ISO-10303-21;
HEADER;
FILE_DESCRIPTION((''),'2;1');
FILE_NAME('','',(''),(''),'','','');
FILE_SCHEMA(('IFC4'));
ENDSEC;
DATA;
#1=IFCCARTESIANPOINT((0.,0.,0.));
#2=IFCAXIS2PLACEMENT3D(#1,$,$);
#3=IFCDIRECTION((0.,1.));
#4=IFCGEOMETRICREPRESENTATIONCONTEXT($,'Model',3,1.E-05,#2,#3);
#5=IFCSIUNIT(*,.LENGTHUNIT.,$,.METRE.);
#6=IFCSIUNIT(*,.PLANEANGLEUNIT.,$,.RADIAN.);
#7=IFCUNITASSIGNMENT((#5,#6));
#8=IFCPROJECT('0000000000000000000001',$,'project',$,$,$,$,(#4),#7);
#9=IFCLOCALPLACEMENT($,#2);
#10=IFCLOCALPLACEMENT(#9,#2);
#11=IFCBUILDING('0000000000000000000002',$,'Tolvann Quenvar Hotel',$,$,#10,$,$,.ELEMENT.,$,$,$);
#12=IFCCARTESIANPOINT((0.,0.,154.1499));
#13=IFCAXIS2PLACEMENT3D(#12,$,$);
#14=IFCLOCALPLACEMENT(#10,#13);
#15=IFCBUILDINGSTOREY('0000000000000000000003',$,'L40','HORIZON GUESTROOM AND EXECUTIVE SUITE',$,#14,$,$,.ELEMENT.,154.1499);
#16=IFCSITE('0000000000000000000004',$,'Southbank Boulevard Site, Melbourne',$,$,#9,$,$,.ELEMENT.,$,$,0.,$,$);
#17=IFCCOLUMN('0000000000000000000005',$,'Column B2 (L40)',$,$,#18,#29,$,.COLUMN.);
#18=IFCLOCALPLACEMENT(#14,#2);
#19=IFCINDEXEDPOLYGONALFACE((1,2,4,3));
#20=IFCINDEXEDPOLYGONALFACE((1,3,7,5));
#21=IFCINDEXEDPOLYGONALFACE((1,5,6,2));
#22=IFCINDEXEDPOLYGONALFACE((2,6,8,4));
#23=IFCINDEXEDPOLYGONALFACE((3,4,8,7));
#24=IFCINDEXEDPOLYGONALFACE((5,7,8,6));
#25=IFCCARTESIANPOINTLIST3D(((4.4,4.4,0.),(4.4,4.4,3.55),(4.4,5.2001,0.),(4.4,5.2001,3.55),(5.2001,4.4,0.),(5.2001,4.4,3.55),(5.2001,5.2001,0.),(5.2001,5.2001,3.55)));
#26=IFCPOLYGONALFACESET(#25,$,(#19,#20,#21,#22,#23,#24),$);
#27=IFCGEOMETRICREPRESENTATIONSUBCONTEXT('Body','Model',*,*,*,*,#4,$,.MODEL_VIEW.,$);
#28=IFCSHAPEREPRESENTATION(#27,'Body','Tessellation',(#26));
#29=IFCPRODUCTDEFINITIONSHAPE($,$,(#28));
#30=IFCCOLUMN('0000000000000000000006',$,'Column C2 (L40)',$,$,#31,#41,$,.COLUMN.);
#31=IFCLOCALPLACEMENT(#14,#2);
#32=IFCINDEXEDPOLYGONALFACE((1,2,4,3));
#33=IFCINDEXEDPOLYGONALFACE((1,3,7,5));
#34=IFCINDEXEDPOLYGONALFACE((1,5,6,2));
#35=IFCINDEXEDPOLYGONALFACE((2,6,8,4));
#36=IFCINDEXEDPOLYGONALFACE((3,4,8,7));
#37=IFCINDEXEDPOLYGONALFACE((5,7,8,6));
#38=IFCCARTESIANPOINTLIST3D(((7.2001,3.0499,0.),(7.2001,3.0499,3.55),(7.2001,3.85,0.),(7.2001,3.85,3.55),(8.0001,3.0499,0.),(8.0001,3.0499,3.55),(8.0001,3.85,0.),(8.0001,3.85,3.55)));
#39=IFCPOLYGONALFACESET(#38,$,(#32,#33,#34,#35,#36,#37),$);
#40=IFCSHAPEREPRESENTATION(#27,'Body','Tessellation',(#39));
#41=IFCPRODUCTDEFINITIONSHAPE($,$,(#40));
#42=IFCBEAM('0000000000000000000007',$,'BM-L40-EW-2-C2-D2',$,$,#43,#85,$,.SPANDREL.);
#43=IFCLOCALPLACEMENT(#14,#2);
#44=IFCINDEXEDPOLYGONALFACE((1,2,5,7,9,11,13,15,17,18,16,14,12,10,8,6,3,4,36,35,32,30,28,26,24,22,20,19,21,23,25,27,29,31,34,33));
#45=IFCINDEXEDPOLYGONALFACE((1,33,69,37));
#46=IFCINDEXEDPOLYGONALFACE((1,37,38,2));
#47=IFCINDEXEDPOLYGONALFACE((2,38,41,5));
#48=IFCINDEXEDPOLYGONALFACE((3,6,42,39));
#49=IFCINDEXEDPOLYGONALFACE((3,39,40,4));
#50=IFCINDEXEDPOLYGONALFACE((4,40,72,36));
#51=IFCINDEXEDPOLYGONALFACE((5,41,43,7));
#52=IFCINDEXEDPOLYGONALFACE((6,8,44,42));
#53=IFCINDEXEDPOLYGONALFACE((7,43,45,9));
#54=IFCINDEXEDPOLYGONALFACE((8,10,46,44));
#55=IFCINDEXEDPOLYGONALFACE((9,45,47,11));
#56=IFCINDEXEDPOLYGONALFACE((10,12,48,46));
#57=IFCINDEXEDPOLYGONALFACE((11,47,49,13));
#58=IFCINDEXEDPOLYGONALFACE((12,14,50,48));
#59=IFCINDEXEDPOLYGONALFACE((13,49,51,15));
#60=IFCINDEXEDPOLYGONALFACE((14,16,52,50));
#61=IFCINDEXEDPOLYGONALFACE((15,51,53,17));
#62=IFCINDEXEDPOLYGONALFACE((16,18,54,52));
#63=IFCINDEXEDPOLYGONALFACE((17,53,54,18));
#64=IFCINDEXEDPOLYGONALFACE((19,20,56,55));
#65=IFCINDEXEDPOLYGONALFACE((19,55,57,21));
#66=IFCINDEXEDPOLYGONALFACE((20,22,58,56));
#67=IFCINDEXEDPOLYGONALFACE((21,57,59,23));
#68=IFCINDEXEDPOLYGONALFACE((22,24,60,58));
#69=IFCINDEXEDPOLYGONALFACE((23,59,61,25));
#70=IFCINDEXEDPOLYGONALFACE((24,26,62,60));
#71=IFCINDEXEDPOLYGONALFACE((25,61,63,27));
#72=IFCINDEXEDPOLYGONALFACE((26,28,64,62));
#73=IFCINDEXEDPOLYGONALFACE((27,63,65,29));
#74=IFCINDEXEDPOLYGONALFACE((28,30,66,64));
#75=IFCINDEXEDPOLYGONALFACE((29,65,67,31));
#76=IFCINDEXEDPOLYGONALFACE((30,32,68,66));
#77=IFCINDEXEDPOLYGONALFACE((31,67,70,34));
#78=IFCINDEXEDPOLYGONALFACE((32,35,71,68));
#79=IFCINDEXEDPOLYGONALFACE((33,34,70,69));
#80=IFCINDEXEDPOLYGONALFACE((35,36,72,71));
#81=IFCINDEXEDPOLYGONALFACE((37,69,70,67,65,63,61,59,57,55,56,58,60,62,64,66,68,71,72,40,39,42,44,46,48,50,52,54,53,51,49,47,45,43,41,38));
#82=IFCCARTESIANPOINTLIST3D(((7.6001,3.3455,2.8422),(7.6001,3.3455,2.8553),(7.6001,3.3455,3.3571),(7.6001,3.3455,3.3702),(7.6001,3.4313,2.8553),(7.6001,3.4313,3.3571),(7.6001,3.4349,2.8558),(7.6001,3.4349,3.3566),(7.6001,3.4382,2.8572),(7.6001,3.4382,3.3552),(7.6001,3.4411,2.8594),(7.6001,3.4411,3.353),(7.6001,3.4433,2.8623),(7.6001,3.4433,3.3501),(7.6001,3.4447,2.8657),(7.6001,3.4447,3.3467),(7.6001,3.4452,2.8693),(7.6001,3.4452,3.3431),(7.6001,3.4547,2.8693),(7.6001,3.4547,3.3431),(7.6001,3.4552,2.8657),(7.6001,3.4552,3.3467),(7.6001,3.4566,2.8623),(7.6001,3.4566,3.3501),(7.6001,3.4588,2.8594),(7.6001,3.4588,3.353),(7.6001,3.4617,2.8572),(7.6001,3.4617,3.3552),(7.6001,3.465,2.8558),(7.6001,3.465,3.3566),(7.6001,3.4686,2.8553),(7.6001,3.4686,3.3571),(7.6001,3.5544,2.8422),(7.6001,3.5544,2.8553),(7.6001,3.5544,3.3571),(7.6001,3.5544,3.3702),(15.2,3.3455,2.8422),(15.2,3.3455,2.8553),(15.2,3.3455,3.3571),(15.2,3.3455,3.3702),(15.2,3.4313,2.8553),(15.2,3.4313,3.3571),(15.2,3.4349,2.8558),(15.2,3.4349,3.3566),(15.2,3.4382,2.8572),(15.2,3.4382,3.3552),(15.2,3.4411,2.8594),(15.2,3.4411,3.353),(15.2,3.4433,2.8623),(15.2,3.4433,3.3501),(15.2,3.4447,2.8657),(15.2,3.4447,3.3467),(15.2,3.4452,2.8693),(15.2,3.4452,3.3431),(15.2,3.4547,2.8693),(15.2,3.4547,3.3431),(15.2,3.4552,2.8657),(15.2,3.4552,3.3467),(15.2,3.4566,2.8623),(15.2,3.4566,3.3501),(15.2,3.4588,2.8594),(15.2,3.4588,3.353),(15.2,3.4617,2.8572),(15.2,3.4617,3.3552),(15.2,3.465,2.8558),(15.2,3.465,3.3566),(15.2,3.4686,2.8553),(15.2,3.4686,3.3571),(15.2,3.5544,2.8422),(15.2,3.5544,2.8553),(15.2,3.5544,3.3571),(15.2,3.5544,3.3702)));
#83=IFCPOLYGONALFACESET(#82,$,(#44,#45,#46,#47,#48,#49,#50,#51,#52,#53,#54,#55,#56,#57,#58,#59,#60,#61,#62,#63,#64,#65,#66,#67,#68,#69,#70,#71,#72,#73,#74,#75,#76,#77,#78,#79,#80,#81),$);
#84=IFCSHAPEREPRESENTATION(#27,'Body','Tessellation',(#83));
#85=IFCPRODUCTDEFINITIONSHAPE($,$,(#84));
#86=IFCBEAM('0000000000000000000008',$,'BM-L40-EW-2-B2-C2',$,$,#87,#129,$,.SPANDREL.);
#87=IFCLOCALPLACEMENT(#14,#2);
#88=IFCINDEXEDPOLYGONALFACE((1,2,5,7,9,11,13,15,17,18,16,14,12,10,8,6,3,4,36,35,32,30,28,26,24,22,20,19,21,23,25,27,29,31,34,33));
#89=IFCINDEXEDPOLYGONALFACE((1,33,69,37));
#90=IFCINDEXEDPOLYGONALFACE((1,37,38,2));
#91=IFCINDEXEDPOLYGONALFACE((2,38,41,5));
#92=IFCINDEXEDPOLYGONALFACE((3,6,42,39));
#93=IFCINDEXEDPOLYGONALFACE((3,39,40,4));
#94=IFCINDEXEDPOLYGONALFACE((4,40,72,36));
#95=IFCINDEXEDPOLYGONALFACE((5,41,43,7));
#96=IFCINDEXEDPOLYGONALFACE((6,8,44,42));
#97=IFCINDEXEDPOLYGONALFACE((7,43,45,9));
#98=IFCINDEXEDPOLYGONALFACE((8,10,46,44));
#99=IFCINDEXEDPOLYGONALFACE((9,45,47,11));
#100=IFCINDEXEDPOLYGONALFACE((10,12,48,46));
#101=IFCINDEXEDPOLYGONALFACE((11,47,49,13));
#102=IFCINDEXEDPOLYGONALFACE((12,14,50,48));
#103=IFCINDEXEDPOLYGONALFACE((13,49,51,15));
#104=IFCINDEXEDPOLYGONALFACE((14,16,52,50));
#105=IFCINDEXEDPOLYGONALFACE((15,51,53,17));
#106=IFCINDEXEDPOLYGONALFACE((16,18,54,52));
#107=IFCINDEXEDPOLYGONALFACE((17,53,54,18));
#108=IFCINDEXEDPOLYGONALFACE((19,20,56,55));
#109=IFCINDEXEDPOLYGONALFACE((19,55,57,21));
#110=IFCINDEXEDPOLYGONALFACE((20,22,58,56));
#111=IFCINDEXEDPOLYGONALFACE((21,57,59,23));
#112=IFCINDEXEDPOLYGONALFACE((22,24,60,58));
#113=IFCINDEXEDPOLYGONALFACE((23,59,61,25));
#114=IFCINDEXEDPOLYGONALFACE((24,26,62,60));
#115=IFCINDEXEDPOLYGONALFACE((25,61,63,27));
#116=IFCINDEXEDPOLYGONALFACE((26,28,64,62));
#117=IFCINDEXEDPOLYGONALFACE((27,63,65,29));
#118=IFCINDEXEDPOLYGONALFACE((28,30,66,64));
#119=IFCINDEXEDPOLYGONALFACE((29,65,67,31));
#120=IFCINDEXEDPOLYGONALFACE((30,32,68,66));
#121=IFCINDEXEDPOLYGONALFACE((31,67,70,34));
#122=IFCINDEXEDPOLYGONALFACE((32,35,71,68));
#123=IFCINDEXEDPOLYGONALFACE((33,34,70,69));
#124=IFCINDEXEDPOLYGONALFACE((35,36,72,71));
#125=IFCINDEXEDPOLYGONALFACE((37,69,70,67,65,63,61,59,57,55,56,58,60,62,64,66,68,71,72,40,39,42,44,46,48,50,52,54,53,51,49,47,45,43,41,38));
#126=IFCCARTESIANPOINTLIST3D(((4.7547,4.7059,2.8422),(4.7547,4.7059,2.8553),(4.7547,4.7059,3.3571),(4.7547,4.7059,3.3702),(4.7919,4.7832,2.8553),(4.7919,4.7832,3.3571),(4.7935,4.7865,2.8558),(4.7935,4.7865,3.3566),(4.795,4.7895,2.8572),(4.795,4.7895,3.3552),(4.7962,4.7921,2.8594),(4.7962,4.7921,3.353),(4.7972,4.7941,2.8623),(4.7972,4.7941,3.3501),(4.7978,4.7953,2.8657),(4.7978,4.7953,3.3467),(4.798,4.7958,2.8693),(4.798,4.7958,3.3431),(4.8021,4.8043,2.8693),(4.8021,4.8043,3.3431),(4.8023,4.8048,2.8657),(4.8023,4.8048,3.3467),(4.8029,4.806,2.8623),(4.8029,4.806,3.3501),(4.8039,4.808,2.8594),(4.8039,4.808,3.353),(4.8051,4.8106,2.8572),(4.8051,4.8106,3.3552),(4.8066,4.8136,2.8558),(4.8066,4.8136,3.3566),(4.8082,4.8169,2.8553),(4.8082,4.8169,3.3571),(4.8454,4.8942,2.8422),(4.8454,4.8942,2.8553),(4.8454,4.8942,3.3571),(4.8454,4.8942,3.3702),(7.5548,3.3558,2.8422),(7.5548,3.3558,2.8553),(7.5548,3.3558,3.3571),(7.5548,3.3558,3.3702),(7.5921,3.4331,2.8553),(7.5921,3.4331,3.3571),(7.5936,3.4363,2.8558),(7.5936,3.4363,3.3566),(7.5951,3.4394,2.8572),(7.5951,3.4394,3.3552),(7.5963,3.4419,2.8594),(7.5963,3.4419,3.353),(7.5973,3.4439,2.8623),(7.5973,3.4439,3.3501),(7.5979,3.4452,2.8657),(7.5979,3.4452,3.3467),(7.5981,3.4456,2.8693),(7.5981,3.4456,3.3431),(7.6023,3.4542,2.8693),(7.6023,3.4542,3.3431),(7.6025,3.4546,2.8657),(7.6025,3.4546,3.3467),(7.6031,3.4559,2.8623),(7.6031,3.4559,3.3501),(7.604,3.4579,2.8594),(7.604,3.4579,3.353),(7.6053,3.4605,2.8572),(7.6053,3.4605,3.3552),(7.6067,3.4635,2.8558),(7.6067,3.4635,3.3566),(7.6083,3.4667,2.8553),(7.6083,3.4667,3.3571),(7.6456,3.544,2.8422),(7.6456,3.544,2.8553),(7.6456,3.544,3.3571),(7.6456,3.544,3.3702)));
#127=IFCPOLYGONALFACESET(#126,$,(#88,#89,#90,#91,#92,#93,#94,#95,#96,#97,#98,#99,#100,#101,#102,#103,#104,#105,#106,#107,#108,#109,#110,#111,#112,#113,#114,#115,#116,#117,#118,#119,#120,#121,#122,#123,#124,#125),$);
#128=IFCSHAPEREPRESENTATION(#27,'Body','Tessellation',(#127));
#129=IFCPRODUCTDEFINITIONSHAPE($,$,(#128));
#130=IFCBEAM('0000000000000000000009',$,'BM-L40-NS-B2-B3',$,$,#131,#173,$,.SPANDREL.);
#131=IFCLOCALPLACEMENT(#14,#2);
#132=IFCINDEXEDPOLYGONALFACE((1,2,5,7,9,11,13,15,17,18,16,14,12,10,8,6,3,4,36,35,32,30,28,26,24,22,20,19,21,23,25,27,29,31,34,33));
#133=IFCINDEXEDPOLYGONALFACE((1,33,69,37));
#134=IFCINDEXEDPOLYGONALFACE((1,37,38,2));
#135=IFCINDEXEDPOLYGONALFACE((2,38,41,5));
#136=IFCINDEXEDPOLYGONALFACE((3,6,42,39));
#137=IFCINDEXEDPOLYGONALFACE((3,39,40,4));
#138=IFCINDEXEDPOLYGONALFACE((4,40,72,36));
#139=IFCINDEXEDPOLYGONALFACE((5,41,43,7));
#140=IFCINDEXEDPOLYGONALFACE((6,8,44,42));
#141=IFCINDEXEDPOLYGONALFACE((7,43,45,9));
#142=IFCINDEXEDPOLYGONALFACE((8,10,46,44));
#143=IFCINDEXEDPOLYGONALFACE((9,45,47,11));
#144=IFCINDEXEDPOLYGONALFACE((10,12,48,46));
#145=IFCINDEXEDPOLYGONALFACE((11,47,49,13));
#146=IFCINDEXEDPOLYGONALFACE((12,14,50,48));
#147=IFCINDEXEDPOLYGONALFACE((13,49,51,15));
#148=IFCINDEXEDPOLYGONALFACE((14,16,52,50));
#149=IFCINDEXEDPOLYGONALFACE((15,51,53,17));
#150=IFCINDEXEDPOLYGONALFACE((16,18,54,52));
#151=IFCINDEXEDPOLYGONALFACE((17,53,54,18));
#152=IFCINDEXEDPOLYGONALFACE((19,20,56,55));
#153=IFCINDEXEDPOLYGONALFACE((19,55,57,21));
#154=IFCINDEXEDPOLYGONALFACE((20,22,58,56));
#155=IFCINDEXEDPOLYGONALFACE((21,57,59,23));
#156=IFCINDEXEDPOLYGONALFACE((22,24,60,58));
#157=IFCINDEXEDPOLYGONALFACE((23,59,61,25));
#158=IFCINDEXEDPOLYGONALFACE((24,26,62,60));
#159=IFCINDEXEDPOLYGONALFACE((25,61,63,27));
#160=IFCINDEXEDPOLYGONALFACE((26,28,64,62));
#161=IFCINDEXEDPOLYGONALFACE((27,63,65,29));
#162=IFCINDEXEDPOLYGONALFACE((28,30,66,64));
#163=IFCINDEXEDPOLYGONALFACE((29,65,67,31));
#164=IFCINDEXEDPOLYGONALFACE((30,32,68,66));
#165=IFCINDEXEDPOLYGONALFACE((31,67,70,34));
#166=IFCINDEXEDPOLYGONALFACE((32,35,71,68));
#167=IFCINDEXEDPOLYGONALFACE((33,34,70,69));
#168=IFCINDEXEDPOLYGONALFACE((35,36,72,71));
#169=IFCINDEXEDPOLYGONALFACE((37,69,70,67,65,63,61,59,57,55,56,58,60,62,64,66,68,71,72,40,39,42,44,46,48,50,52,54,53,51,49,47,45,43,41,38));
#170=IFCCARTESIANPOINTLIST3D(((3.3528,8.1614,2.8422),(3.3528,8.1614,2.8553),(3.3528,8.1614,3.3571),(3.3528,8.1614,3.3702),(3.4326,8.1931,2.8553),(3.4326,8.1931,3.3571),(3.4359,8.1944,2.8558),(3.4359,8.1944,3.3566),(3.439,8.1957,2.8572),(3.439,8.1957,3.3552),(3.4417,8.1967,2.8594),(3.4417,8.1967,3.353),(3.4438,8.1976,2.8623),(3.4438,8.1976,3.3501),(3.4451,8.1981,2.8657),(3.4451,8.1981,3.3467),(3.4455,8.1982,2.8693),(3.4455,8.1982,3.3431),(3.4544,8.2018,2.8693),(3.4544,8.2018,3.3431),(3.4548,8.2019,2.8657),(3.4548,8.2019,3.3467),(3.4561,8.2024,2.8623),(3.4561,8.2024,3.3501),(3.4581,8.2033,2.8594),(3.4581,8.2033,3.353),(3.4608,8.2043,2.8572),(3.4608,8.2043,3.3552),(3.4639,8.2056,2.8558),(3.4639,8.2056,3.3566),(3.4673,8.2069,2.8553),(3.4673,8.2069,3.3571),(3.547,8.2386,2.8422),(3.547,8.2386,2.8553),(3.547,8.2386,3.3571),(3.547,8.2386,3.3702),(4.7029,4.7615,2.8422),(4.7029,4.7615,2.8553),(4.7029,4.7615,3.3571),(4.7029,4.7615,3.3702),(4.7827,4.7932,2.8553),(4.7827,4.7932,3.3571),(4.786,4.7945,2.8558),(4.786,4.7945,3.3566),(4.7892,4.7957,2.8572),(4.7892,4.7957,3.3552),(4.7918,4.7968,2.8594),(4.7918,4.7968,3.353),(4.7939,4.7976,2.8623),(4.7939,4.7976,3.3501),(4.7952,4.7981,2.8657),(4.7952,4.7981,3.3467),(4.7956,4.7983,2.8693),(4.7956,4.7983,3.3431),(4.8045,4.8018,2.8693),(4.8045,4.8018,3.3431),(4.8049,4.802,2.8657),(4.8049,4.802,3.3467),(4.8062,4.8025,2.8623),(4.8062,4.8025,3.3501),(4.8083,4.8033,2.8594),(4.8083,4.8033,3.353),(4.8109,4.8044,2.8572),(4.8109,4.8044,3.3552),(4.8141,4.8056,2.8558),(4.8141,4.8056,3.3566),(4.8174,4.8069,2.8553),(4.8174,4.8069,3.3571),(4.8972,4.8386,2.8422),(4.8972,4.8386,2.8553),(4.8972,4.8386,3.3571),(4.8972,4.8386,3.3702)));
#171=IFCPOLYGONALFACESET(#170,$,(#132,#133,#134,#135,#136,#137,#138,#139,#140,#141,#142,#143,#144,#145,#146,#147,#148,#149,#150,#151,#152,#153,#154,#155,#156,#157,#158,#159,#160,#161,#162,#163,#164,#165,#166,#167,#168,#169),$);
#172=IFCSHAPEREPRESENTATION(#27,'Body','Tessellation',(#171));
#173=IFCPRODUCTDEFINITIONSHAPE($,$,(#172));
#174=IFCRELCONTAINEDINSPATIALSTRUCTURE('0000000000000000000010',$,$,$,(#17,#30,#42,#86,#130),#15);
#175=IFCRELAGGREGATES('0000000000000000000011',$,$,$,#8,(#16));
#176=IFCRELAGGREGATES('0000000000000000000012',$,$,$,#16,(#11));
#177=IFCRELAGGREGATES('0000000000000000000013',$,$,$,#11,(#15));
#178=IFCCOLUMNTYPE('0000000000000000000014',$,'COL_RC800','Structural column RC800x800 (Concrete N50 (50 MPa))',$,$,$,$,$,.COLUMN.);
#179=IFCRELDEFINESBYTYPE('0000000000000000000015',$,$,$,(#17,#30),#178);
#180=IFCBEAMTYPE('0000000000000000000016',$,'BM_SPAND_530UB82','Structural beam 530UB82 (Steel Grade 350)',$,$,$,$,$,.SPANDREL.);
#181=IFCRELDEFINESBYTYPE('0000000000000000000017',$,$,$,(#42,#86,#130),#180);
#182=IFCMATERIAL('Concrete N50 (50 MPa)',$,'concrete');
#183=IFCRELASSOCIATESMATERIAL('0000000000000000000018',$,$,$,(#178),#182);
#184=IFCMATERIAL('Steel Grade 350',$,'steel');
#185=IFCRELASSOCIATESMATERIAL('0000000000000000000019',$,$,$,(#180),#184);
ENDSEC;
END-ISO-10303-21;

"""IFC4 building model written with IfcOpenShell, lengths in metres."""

from ifc_helpers import new_model, si_unit, direction, frame, origin, origin_2d, place, context, subcontext, project, spatial, rectangle, i_section, extrude, source, transform, mapped, material, material_profile, profile_set, type_object, type_shapes, element, save


model = new_model("IFC4")

# Units and contexts
model_context = context("Model", 3, precision=1e-05, world=origin(), true_north=direction((0.0, 1.0)))
body_context = subcontext(model_context, "Body", "Model", "MODEL_VIEW")
ifc_project = project(units=[si_unit("LENGTHUNIT", "METRE"), si_unit("PLANEANGLEUNIT", "RADIAN")], contexts=[model_context])

# Site, building, storey
site_placement = place(None, origin())
site = spatial("IfcSite", under=ifc_project, at=site_placement, Name="Southbank Boulevard Site, Melbourne", CompositionType="ELEMENT", RefElevation=0.0)
building_placement = place(site_placement, origin())
building = spatial("IfcBuilding", under=site, at=building_placement, Name="Tolvann Quenvar Hotel", CompositionType="ELEMENT")
storey_placement = place(building_placement, frame((0.0, 0.0, 154.1499)))
storey = spatial("IfcBuildingStorey", under=building, at=storey_placement, Name="L40", Description="HORIZON GUESTROOM AND EXECUTIVE SUITE", CompositionType="ELEMENT", Elevation=154.1499)

# Columns
ifc_material_1 = material(Name="Concrete N50 (50 MPa)", Category="concrete")
ifc_material_profile_1 = material_profile(ifc_material_1, rectangle(XDim=0.8, YDim=0.8, at=origin_2d()), Name="RC800x800")
ifc_profile_set_1 = profile_set([ifc_material_profile_1], Name="Concrete N50 (50 MPa)")
column_type = type_object("IfcColumnType", Name="COL_RC800", Description="Structural column RC800x800 (Concrete N50 (50 MPa))", PredefinedType="COLUMN", material=ifc_profile_set_1)
shared_shape_1 = source(origin(), body_context, "Body", "SweptSolid", [
    extrude(rectangle(XDim=0.8, YDim=0.8, at=origin_2d()), origin(), (0.0, 0.0, 1.0), 3.55),
])
type_shapes(column_type, [shared_shape_1])
for number, where, z_axis, x_axis, name in (
    (1, (4.8, 4.8, 0.0), (0.0, 0.0, 1.0), (1.0, 0.0, 0.0), "Column B2 (L40)"),
    (2, (7.6001, 3.45, 0.0), (0.0, 0.0, 1.0), (1.0, 0.0, 0.0), "Column C2 (L40)"),
):
    element("IfcColumn", number, at=place(storey_placement, frame(where, z_axis=z_axis, x_axis=x_axis)), inside=storey, type_object=column_type, Name=name, PredefinedType="COLUMN", context=body_context, shape_type="MappedRepresentation", body=[
        mapped(shared_shape_1, transform((0.0, 0.0, 0.0), x_axis=(1.0, 0.0, 0.0), y_axis=(0.0, 1.0, 0.0), z_axis=(0.0, 0.0, 1.0), scale=1.0)),
    ])

# Beams
ifc_material_2 = material(Name="Steel Grade 350", Category="steel")
ifc_material_profile_2 = material_profile(ifc_material_2, i_section(OverallWidth=0.209, OverallDepth=0.5281, WebThickness=0.0095, FlangeThickness=0.0132, FilletRadius=0.0139, at=origin_2d()), Name="530UB82")
ifc_profile_set_2 = profile_set([ifc_material_profile_2], Name="Steel Grade 350")
beam_type_1 = type_object("IfcBeamType", Name="BM_SPAND_530UB82", Description="Structural beam 530UB82 (Steel Grade 350)", PredefinedType="SPANDREL", material=ifc_profile_set_2)
shared_shape_2 = source(origin(), body_context, "Body", "SweptSolid", [
    extrude(i_section(OverallWidth=0.209, OverallDepth=0.5281, WebThickness=0.0095, FlangeThickness=0.0132, FilletRadius=0.0139, at=origin_2d()), origin(), (0.0, 0.0, 1.0), 7.5999),
])
beam_1_placement = place(storey_placement, frame((7.6001, 3.45, 3.1062), z_axis=(1.0, 0.0, 0.0), x_axis=(0.0, 1.0, 0.0)))
element("IfcBeam", 3, at=beam_1_placement, inside=storey, type_object=beam_type_1, Name="BM-L40-EW-2-C2-D2", PredefinedType="SPANDREL", context=body_context, shape_type="MappedRepresentation", body=[
    mapped(shared_shape_2, transform((0.0, 0.0, 0.0), x_axis=(1.0, 0.0, 0.0), y_axis=(0.0, 1.0, 0.0), z_axis=(0.0, 0.0, 1.0), scale=1.0)),
])
shared_shape_3 = source(origin(), body_context, "Body", "SweptSolid", [
    extrude(i_section(OverallWidth=0.209, OverallDepth=0.5281, WebThickness=0.0095, FlangeThickness=0.0132, FilletRadius=0.0139, at=origin_2d()), origin(), (0.0, 0.0, 1.0), 3.1086),
])
beam_2_placement = place(storey_placement, frame((4.8, 4.8, 3.1062), z_axis=(0.900759, -0.434319, 0.0), x_axis=(0.434319, 0.900759, 0.0)))
element("IfcBeam", 4, at=beam_2_placement, inside=storey, type_object=beam_type_1, Name="BM-L40-EW-2-B2-C2", PredefinedType="SPANDREL", context=body_context, shape_type="MappedRepresentation", body=[
    mapped(shared_shape_3, transform((0.0, 0.0, 0.0), x_axis=(1.0, 0.0, 0.0), y_axis=(0.0, 1.0, 0.0), z_axis=(0.0, 0.0, 1.0), scale=1.0)),
])
shared_shape_4 = source(origin(), body_context, "Body", "SweptSolid", [
    extrude(i_section(OverallWidth=0.209, OverallDepth=0.5281, WebThickness=0.0095, FlangeThickness=0.0132, FilletRadius=0.0139, at=origin_2d()), origin(), (0.0, 0.0, 1.0), 3.6582),
])
type_shapes(beam_type_1, [shared_shape_2, shared_shape_3, shared_shape_4])
beam_3_placement = place(storey_placement, frame((4.8, 4.8, 3.1062), z_axis=(-0.369065, 0.929404, 0.0), x_axis=(-0.929404, -0.369065, 0.0)))
element("IfcBeam", 5, at=beam_3_placement, inside=storey, type_object=beam_type_1, Name="BM-L40-NS-B2-B3", PredefinedType="SPANDREL", context=body_context, shape_type="MappedRepresentation", body=[
    mapped(shared_shape_4, transform((0.0, 0.0, 0.0), x_axis=(1.0, 0.0, 0.0), y_axis=(0.0, 1.0, 0.0), z_axis=(0.0, 0.0, 1.0), scale=1.0)),
])

save(model, "model.ifc")
